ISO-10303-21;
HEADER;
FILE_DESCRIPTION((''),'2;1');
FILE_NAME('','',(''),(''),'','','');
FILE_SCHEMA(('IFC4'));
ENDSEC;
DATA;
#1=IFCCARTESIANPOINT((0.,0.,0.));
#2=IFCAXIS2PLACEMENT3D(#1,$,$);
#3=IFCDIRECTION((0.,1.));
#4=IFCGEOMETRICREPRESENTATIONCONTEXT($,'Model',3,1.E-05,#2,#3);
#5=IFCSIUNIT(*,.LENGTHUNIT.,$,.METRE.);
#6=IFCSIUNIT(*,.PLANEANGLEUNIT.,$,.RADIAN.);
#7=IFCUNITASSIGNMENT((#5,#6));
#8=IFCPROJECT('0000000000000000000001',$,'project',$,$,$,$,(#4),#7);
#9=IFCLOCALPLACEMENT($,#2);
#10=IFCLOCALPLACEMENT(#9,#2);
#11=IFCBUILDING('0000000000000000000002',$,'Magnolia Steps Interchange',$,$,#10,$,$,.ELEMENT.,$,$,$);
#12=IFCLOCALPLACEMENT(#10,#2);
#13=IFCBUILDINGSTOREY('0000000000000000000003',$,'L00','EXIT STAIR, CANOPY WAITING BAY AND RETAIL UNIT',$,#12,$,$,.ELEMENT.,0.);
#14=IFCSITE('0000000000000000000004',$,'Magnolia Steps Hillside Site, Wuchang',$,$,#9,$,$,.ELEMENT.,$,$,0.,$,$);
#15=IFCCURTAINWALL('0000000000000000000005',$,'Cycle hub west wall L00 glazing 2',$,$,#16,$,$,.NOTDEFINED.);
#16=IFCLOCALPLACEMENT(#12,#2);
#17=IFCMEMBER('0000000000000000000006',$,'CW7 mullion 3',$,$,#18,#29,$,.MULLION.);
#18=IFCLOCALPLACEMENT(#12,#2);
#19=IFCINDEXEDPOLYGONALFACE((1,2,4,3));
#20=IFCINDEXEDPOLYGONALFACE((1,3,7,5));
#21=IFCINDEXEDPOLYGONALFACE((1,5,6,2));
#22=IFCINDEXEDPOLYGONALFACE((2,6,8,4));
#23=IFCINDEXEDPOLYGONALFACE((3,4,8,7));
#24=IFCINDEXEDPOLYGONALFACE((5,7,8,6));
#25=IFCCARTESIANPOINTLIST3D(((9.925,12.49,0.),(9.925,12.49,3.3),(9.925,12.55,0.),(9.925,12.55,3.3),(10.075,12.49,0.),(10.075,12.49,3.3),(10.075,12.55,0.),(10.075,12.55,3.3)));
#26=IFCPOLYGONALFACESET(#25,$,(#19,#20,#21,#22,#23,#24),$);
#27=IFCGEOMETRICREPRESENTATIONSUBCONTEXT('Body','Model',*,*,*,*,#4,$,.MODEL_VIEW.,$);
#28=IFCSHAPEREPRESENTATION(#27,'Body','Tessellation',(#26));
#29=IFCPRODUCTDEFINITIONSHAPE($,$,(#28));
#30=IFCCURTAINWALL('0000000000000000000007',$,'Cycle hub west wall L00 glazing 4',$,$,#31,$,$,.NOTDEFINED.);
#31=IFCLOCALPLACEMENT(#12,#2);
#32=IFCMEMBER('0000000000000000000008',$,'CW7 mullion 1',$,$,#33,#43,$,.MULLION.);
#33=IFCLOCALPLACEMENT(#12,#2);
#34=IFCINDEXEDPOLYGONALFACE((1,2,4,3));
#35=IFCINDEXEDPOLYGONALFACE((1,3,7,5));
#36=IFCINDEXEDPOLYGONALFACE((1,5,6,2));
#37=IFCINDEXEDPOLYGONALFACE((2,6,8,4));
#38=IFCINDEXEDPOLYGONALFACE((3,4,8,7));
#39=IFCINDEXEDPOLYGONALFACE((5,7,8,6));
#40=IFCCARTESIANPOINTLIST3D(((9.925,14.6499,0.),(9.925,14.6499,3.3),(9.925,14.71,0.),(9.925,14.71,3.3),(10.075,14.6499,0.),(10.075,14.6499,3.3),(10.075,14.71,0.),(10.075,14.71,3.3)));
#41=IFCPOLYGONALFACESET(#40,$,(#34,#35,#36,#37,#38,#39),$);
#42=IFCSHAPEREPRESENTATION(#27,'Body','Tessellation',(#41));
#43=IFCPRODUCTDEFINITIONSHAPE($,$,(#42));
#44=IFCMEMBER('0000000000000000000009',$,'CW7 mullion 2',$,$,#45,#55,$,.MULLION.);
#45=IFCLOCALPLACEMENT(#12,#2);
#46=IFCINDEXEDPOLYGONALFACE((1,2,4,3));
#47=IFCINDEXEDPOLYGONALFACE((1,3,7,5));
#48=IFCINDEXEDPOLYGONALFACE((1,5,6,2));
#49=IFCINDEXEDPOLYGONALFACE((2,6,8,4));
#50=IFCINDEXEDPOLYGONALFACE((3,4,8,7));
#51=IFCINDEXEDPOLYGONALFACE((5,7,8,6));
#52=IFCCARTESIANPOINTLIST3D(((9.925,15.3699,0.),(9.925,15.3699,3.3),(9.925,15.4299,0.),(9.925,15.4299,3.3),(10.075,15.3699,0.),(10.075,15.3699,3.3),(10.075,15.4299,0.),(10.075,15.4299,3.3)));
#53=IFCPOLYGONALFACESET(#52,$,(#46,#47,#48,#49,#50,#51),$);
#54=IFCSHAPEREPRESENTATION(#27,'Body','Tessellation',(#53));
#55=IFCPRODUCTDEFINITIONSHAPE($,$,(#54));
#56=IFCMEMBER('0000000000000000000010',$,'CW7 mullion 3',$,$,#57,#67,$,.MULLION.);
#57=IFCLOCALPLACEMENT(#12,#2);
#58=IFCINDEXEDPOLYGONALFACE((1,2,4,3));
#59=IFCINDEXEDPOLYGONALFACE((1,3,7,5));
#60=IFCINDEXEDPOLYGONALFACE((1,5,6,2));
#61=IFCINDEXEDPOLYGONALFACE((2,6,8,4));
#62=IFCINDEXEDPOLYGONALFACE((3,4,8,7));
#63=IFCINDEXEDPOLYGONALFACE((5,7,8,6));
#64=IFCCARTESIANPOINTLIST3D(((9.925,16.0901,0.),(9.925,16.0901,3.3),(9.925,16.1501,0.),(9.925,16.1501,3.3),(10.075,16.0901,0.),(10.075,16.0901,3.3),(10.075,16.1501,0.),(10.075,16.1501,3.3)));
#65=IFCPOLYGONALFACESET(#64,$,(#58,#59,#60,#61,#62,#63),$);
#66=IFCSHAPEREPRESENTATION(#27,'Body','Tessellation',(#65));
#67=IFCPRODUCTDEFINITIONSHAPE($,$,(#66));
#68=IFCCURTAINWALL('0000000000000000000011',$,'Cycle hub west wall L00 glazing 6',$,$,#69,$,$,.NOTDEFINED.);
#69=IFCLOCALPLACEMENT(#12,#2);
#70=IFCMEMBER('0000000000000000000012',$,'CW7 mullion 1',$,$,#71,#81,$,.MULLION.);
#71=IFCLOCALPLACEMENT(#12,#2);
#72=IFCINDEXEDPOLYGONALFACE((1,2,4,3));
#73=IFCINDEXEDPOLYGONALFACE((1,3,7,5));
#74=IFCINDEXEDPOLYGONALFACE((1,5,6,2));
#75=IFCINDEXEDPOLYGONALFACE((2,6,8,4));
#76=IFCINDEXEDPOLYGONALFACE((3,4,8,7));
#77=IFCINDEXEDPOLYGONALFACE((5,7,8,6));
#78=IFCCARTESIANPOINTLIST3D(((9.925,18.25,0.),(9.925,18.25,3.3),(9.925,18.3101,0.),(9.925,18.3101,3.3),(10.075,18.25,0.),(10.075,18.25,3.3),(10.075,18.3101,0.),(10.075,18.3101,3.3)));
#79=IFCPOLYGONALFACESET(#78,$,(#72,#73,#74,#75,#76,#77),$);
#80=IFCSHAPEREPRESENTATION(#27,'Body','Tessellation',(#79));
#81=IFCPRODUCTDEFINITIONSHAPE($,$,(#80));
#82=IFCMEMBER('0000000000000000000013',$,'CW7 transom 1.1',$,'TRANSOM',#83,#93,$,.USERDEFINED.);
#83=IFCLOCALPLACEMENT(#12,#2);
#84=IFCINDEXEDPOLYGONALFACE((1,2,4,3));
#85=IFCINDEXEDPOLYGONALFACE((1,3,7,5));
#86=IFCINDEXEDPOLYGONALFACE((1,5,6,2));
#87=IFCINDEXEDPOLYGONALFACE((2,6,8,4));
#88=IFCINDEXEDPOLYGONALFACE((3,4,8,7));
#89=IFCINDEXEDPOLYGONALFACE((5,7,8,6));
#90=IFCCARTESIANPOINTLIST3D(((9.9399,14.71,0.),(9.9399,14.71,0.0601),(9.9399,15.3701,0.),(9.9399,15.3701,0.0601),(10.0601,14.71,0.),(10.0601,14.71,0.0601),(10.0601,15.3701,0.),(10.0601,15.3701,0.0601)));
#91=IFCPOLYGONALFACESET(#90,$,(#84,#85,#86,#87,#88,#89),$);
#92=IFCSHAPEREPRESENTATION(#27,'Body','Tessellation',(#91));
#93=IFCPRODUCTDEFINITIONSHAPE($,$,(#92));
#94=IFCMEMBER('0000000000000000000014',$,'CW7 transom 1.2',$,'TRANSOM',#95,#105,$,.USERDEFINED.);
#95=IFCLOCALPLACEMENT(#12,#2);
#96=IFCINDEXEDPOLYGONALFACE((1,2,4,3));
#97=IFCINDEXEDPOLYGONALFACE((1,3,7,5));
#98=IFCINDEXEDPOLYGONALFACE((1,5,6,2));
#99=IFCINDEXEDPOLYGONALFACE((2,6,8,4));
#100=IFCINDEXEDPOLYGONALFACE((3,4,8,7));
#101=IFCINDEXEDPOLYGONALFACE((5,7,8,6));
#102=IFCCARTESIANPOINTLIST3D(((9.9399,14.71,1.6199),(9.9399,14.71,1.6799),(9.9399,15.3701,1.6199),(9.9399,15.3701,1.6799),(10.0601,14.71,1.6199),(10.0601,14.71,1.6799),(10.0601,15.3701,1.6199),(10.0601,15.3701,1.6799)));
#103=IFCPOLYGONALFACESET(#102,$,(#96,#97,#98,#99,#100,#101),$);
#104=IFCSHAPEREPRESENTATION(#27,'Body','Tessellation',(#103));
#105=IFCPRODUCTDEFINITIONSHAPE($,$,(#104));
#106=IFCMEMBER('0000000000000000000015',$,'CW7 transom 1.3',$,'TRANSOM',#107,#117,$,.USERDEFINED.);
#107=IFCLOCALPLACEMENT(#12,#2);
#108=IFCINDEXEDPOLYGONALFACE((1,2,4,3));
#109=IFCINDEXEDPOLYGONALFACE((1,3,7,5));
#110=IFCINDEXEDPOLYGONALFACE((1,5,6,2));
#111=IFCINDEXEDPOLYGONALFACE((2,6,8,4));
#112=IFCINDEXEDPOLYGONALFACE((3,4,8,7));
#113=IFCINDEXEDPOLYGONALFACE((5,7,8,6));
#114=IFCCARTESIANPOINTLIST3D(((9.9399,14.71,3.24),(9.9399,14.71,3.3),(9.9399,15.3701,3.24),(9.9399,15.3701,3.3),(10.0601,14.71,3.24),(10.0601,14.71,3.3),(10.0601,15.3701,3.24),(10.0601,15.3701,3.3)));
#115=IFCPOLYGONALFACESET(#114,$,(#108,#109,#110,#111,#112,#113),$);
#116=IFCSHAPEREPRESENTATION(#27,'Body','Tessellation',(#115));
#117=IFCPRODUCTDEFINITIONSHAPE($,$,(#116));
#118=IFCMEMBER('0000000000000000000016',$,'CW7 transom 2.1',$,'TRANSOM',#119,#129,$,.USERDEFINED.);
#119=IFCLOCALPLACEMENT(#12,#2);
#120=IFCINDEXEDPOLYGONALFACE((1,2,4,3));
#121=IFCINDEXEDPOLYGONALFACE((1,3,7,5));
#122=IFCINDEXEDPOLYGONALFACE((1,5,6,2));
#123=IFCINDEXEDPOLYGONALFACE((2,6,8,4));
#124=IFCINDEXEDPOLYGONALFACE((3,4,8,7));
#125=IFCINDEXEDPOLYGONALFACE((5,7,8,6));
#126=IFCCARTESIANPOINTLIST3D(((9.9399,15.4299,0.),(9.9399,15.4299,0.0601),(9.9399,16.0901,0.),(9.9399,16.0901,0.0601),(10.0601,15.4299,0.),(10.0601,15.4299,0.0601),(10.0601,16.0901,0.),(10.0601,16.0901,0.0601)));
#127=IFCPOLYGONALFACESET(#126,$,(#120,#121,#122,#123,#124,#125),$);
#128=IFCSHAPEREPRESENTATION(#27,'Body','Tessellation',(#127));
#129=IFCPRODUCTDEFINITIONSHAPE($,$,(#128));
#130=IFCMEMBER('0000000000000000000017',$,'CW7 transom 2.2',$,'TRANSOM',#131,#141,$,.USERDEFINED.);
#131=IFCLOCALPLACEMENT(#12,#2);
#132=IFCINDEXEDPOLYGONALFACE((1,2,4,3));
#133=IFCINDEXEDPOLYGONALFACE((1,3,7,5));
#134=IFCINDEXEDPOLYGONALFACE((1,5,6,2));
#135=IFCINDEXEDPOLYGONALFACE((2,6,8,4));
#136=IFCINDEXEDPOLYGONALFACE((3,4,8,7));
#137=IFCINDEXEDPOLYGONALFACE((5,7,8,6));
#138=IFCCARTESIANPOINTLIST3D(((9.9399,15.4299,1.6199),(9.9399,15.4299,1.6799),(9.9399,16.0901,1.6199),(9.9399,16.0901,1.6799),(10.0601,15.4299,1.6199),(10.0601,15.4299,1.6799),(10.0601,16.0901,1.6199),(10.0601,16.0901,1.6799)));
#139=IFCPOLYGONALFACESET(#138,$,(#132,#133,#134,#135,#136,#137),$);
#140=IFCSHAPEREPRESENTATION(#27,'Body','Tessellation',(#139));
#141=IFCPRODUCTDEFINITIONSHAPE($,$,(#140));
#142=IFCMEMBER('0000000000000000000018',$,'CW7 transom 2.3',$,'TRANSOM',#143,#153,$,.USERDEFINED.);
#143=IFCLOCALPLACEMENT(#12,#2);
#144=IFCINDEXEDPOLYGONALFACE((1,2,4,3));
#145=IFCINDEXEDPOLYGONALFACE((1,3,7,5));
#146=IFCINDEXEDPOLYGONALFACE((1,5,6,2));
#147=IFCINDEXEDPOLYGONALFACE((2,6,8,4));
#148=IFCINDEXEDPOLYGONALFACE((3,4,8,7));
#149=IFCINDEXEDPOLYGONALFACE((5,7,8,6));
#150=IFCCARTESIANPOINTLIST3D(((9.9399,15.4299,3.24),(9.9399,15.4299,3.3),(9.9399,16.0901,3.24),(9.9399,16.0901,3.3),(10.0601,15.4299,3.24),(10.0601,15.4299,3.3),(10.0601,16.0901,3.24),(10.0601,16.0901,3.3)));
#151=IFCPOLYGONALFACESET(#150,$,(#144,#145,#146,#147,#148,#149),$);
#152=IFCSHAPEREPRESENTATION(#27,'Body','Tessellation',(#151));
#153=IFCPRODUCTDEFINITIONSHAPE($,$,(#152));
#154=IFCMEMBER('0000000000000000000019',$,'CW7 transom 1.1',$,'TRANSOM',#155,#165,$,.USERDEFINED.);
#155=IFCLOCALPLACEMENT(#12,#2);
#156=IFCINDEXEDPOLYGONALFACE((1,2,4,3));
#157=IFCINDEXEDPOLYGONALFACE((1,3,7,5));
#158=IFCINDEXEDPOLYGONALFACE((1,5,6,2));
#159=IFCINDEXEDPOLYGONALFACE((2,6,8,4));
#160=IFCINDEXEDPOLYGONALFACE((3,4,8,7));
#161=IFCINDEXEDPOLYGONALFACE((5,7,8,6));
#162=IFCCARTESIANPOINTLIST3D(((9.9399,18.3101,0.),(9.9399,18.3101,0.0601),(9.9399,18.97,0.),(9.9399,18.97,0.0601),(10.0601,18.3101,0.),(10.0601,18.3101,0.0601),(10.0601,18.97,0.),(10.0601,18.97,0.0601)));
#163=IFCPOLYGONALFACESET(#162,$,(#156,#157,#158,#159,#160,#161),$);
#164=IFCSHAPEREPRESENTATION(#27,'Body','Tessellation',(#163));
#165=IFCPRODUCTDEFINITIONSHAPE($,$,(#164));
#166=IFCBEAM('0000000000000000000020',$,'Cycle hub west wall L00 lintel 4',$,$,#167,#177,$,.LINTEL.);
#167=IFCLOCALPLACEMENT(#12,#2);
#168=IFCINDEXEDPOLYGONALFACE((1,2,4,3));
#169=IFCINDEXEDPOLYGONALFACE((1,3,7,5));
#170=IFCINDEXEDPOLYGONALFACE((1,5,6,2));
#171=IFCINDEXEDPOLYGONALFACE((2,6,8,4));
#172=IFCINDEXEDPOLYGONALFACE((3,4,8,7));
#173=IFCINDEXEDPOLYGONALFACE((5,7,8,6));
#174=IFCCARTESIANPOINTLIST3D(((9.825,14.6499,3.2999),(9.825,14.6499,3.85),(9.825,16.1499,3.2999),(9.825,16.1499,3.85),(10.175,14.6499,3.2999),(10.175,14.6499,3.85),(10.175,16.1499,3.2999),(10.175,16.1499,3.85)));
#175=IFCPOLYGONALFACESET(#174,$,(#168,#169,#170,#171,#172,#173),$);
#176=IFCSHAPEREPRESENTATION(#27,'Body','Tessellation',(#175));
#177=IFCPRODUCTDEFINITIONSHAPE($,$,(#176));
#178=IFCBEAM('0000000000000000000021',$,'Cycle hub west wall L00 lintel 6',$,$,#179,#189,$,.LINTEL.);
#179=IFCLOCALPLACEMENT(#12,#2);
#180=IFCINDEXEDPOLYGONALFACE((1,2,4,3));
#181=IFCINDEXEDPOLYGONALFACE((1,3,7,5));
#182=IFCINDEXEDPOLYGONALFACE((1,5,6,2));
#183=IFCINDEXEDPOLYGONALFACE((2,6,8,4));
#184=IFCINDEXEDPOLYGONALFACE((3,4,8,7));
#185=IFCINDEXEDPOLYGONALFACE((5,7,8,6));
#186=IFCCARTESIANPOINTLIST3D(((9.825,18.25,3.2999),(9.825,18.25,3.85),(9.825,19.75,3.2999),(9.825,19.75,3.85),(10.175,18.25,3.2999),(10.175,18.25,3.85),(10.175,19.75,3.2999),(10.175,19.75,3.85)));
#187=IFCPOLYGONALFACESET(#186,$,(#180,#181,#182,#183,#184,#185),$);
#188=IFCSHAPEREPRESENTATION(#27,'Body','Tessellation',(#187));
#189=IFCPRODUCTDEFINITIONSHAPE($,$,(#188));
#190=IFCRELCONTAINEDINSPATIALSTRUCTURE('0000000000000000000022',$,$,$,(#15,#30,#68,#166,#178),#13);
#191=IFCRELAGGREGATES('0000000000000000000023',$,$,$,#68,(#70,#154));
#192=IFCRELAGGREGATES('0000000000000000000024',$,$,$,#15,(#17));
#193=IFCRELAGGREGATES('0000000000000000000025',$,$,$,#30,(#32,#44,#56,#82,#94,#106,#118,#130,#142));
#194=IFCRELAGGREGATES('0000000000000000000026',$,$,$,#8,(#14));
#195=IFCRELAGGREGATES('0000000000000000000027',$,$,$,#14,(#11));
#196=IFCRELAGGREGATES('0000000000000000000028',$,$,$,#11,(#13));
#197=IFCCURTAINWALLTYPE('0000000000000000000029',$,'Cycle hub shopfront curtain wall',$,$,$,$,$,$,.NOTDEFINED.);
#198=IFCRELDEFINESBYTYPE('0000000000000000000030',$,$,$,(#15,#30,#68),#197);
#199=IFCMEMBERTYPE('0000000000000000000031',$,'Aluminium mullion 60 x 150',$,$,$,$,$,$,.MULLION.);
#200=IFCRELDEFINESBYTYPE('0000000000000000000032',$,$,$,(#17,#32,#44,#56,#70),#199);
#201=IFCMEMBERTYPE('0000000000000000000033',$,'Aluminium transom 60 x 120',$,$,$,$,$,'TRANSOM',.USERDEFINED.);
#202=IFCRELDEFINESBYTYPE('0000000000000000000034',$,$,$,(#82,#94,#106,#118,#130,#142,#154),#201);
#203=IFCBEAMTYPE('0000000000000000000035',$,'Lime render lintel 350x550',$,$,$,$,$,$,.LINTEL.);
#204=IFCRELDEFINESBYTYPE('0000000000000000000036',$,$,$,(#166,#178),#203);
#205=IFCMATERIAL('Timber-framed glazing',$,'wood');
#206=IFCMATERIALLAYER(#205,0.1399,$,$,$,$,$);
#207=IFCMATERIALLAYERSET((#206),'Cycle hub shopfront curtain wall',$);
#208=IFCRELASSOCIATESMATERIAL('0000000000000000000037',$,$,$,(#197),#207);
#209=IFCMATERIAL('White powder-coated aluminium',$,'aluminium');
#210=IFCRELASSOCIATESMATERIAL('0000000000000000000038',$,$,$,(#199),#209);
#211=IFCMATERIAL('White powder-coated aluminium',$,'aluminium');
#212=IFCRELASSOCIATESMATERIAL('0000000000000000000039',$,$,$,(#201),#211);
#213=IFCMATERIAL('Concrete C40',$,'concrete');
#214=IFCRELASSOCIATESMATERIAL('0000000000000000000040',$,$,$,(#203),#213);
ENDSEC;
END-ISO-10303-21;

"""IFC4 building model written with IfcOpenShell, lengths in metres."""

from ifc_helpers import new_model, si_unit, direction, frame, origin, origin_2d, place, context, subcontext, project, spatial, rectangle, extrude, material, layer, layer_set, material_profile, profile_set, type_object, element, aggregate, save


model = new_model("IFC4")

# Units and contexts
model_context = context("Model", 3, precision=1e-05, world=origin(), true_north=direction((0.0, 1.0)))
body_context = subcontext(model_context, "Body", "Model", "MODEL_VIEW")
ifc_project = project(units=[si_unit("LENGTHUNIT", "METRE"), si_unit("PLANEANGLEUNIT", "RADIAN")], contexts=[model_context])

# Site, building, storey
site_placement = place(None, origin())
site = spatial("IfcSite", under=ifc_project, at=site_placement, Name="Magnolia Steps Hillside Site, Wuchang", CompositionType="ELEMENT", RefElevation=0.0)
building_placement = place(site_placement, origin())
building = spatial("IfcBuilding", under=site, at=building_placement, Name="Magnolia Steps Interchange", CompositionType="ELEMENT")
storey_placement = place(building_placement, origin())
storey = spatial("IfcBuildingStorey", under=building, at=storey_placement, Name="L00", Description="EXIT STAIR, CANOPY WAITING BAY AND RETAIL UNIT", CompositionType="ELEMENT", Elevation=0.0)

# Curtain wall, member
ifc_material_1 = material(Name="Timber-framed glazing", Category="wood")
ifc_layer_1 = layer(ifc_material_1, 0.1399)
ifc_layer_set_1 = layer_set([ifc_layer_1], Name="Cycle hub shopfront curtain wall")
curtain_wall_type = type_object("IfcCurtainWallType", Name="Cycle hub shopfront curtain wall", PredefinedType="NOTDEFINED", material=ifc_layer_set_1)
curtain_wall_1_placement = place(storey_placement, origin())
curtain_wall_1 = element("IfcCurtainWall", 1, at=curtain_wall_1_placement, inside=storey, type_object=curtain_wall_type, Name="Cycle hub west wall L00 glazing 2", PredefinedType="NOTDEFINED")
ifc_material_2 = material(Name="White powder-coated aluminium", Category="aluminium")
ifc_material_profile_1 = material_profile(ifc_material_2, rectangle(XDim=0.0601, YDim=0.1499, at=origin_2d()), Name="Aluminium mullion 60 x 150")
ifc_profile_set_1 = profile_set([ifc_material_profile_1], Name="White powder-coated aluminium")
member_type_1 = type_object("IfcMemberType", Name="Aluminium mullion 60 x 150", PredefinedType="MULLION", material=ifc_profile_set_1)
member_1_placement = place(storey_placement, frame((10.0, 12.52, 0.0), z_axis=(0.0, 0.0, 1.0), x_axis=(0.0, 1.0, 0.0)))
member_1 = element("IfcMember", 2, at=member_1_placement, type_object=member_type_1, Name="CW7 mullion 3", PredefinedType="MULLION", context=body_context, shape_type="SweptSolid", body=[
    extrude(rectangle(XDim=0.0601, YDim=0.1499, at=origin_2d()), origin(), (0.0, 0.0, 1.0), 3.3),
])

# Curtain wall, members
curtain_wall_2_placement = place(storey_placement, origin())
curtain_wall_2 = element("IfcCurtainWall", 3, at=curtain_wall_2_placement, inside=storey, type_object=curtain_wall_type, Name="Cycle hub west wall L00 glazing 4", PredefinedType="NOTDEFINED")
member_2_placement = place(storey_placement, frame((10.0, 14.6799, 0.0), z_axis=(0.0, 0.0, 1.0), x_axis=(0.0, 1.0, 0.0)))
member_2 = element("IfcMember", 4, at=member_2_placement, type_object=member_type_1, Name="CW7 mullion 1", PredefinedType="MULLION", context=body_context, shape_type="SweptSolid", body=[
    extrude(rectangle(XDim=0.0601, YDim=0.1499, at=origin_2d()), origin(), (0.0, 0.0, 1.0), 3.3),
])
member_3_placement = place(storey_placement, frame((10.0, 15.3999, 0.0), z_axis=(0.0, 0.0, 1.0), x_axis=(0.0, 1.0, 0.0)))
member_3 = element("IfcMember", 5, at=member_3_placement, type_object=member_type_1, Name="CW7 mullion 2", PredefinedType="MULLION", context=body_context, shape_type="SweptSolid", body=[
    extrude(rectangle(XDim=0.0601, YDim=0.1499, at=origin_2d()), origin(), (0.0, 0.0, 1.0), 3.3),
])
member_4_placement = place(storey_placement, frame((10.0, 16.1201, 0.0), z_axis=(0.0, 0.0, 1.0), x_axis=(0.0, 1.0, 0.0)))
member_4 = element("IfcMember", 6, at=member_4_placement, type_object=member_type_1, Name="CW7 mullion 3", PredefinedType="MULLION", context=body_context, shape_type="SweptSolid", body=[
    extrude(rectangle(XDim=0.0601, YDim=0.1499, at=origin_2d()), origin(), (0.0, 0.0, 1.0), 3.3),
])

# Curtain wall, member
curtain_wall_3_placement = place(storey_placement, origin())
curtain_wall_3 = element("IfcCurtainWall", 7, at=curtain_wall_3_placement, inside=storey, type_object=curtain_wall_type, Name="Cycle hub west wall L00 glazing 6", PredefinedType="NOTDEFINED")
member_5_placement = place(storey_placement, frame((10.0, 18.28, 0.0), z_axis=(0.0, 0.0, 1.0), x_axis=(0.0, 1.0, 0.0)))
member_5 = element("IfcMember", 8, at=member_5_placement, type_object=member_type_1, Name="CW7 mullion 1", PredefinedType="MULLION", context=body_context, shape_type="SweptSolid", body=[
    extrude(rectangle(XDim=0.0601, YDim=0.1499, at=origin_2d()), origin(), (0.0, 0.0, 1.0), 3.3),
])

# Members
ifc_material_3 = material(Name="White powder-coated aluminium", Category="aluminium")
ifc_material_profile_2 = material_profile(ifc_material_3, rectangle(XDim=0.0601, YDim=0.1201, at=origin_2d()), Name="Aluminium transom 60 x 120")
ifc_profile_set_2 = profile_set([ifc_material_profile_2], Name="White powder-coated aluminium")
member_type_2 = type_object("IfcMemberType", Name="Aluminium transom 60 x 120", ElementType="TRANSOM", PredefinedType="USERDEFINED", material=ifc_profile_set_2)
member_6_placement = place(storey_placement, frame((10.0, 14.71, 0.03), z_axis=(0.0, 1.0, 0.0), x_axis=(0.0, 0.0, 1.0)))
member_6 = element("IfcMember", 9, at=member_6_placement, type_object=member_type_2, Name="CW7 transom 1.1", ObjectType="TRANSOM", PredefinedType="USERDEFINED", context=body_context, shape_type="SweptSolid", body=[
    extrude(rectangle(XDim=0.0601, YDim=0.1201, at=origin_2d()), origin(), (0.0, 0.0, 1.0), 0.6602),
])
member_7_placement = place(storey_placement, frame((10.0, 14.71, 1.6499), z_axis=(0.0, 1.0, 0.0), x_axis=(0.0, 0.0, 1.0)))
member_7 = element("IfcMember", 10, at=member_7_placement, type_object=member_type_2, Name="CW7 transom 1.2", ObjectType="TRANSOM", PredefinedType="USERDEFINED", context=body_context, shape_type="SweptSolid", body=[
    extrude(rectangle(XDim=0.0601, YDim=0.1201, at=origin_2d()), origin(), (0.0, 0.0, 1.0), 0.6602),
])
member_8_placement = place(storey_placement, frame((10.0, 14.71, 3.27), z_axis=(0.0, 1.0, 0.0), x_axis=(0.0, 0.0, 1.0)))
member_8 = element("IfcMember", 11, at=member_8_placement, type_object=member_type_2, Name="CW7 transom 1.3", ObjectType="TRANSOM", PredefinedType="USERDEFINED", context=body_context, shape_type="SweptSolid", body=[
    extrude(rectangle(XDim=0.0601, YDim=0.1201, at=origin_2d()), origin(), (0.0, 0.0, 1.0), 0.6602),
])
member_9_placement = place(storey_placement, frame((10.0, 15.4299, 0.03), z_axis=(0.0, 1.0, 0.0), x_axis=(0.0, 0.0, 1.0)))
member_9 = element("IfcMember", 12, at=member_9_placement, type_object=member_type_2, Name="CW7 transom 2.1", ObjectType="TRANSOM", PredefinedType="USERDEFINED", context=body_context, shape_type="SweptSolid", body=[
    extrude(rectangle(XDim=0.0601, YDim=0.1201, at=origin_2d()), origin(), (0.0, 0.0, 1.0), 0.6602),
])
member_10_placement = place(storey_placement, frame((10.0, 15.4299, 1.6499), z_axis=(0.0, 1.0, 0.0), x_axis=(0.0, 0.0, 1.0)))
member_10 = element("IfcMember", 13, at=member_10_placement, type_object=member_type_2, Name="CW7 transom 2.2", ObjectType="TRANSOM", PredefinedType="USERDEFINED", context=body_context, shape_type="SweptSolid", body=[
    extrude(rectangle(XDim=0.0601, YDim=0.1201, at=origin_2d()), origin(), (0.0, 0.0, 1.0), 0.6602),
])
member_11_placement = place(storey_placement, frame((10.0, 15.4299, 3.27), z_axis=(0.0, 1.0, 0.0), x_axis=(0.0, 0.0, 1.0)))
member_11 = element("IfcMember", 14, at=member_11_placement, type_object=member_type_2, Name="CW7 transom 2.3", ObjectType="TRANSOM", PredefinedType="USERDEFINED", context=body_context, shape_type="SweptSolid", body=[
    extrude(rectangle(XDim=0.0601, YDim=0.1201, at=origin_2d()), origin(), (0.0, 0.0, 1.0), 0.6602),
])
member_12_placement = place(storey_placement, frame((10.0, 18.3101, 0.03), z_axis=(0.0, 1.0, 0.0), x_axis=(0.0, 0.0, 1.0)))
member_12 = element("IfcMember", 15, at=member_12_placement, type_object=member_type_2, Name="CW7 transom 1.1", ObjectType="TRANSOM", PredefinedType="USERDEFINED", context=body_context, shape_type="SweptSolid", body=[
    extrude(rectangle(XDim=0.0601, YDim=0.1201, at=origin_2d()), origin(), (0.0, 0.0, 1.0), 0.6599),
])
aggregate(curtain_wall_3, [member_5, member_12])

# Beams
ifc_material_4 = material(Name="Concrete C40", Category="concrete")
ifc_material_profile_3 = material_profile(ifc_material_4, rectangle(XDim=0.3501, YDim=0.55, at=origin_2d()), Name="RC350x550")
ifc_profile_set_3 = profile_set([ifc_material_profile_3], Name="Concrete C40")
beam_type = type_object("IfcBeamType", Name="Lime render lintel 350x550", PredefinedType="LINTEL", material=ifc_profile_set_3)
for number, where, z_axis, x_axis, name in (
    (16, (10.0, 14.6499, 3.575), (0.0, 1.0, 0.0), (-1.0, 0.0, 0.0), "Cycle hub west wall L00 lintel 4"),
    (17, (10.0, 18.25, 3.575), (0.0, 1.0, 0.0), (-1.0, 0.0, 0.0), "Cycle hub west wall L00 lintel 6"),
):
    element("IfcBeam", number, at=place(storey_placement, frame(where, z_axis=z_axis, x_axis=x_axis)), inside=storey, type_object=beam_type, Name=name, PredefinedType="LINTEL", context=body_context, shape_type="SweptSolid", body=[
        extrude(rectangle(XDim=0.3501, YDim=0.55, at=origin_2d()), origin(), (0.0, 0.0, 1.0), 1.5),
    ])

aggregate(curtain_wall_1, [member_1])
aggregate(curtain_wall_2, [member_2, member_3, member_4, member_6, member_7, member_8, member_9, member_10, member_11])

save(model, "model.ifc")
